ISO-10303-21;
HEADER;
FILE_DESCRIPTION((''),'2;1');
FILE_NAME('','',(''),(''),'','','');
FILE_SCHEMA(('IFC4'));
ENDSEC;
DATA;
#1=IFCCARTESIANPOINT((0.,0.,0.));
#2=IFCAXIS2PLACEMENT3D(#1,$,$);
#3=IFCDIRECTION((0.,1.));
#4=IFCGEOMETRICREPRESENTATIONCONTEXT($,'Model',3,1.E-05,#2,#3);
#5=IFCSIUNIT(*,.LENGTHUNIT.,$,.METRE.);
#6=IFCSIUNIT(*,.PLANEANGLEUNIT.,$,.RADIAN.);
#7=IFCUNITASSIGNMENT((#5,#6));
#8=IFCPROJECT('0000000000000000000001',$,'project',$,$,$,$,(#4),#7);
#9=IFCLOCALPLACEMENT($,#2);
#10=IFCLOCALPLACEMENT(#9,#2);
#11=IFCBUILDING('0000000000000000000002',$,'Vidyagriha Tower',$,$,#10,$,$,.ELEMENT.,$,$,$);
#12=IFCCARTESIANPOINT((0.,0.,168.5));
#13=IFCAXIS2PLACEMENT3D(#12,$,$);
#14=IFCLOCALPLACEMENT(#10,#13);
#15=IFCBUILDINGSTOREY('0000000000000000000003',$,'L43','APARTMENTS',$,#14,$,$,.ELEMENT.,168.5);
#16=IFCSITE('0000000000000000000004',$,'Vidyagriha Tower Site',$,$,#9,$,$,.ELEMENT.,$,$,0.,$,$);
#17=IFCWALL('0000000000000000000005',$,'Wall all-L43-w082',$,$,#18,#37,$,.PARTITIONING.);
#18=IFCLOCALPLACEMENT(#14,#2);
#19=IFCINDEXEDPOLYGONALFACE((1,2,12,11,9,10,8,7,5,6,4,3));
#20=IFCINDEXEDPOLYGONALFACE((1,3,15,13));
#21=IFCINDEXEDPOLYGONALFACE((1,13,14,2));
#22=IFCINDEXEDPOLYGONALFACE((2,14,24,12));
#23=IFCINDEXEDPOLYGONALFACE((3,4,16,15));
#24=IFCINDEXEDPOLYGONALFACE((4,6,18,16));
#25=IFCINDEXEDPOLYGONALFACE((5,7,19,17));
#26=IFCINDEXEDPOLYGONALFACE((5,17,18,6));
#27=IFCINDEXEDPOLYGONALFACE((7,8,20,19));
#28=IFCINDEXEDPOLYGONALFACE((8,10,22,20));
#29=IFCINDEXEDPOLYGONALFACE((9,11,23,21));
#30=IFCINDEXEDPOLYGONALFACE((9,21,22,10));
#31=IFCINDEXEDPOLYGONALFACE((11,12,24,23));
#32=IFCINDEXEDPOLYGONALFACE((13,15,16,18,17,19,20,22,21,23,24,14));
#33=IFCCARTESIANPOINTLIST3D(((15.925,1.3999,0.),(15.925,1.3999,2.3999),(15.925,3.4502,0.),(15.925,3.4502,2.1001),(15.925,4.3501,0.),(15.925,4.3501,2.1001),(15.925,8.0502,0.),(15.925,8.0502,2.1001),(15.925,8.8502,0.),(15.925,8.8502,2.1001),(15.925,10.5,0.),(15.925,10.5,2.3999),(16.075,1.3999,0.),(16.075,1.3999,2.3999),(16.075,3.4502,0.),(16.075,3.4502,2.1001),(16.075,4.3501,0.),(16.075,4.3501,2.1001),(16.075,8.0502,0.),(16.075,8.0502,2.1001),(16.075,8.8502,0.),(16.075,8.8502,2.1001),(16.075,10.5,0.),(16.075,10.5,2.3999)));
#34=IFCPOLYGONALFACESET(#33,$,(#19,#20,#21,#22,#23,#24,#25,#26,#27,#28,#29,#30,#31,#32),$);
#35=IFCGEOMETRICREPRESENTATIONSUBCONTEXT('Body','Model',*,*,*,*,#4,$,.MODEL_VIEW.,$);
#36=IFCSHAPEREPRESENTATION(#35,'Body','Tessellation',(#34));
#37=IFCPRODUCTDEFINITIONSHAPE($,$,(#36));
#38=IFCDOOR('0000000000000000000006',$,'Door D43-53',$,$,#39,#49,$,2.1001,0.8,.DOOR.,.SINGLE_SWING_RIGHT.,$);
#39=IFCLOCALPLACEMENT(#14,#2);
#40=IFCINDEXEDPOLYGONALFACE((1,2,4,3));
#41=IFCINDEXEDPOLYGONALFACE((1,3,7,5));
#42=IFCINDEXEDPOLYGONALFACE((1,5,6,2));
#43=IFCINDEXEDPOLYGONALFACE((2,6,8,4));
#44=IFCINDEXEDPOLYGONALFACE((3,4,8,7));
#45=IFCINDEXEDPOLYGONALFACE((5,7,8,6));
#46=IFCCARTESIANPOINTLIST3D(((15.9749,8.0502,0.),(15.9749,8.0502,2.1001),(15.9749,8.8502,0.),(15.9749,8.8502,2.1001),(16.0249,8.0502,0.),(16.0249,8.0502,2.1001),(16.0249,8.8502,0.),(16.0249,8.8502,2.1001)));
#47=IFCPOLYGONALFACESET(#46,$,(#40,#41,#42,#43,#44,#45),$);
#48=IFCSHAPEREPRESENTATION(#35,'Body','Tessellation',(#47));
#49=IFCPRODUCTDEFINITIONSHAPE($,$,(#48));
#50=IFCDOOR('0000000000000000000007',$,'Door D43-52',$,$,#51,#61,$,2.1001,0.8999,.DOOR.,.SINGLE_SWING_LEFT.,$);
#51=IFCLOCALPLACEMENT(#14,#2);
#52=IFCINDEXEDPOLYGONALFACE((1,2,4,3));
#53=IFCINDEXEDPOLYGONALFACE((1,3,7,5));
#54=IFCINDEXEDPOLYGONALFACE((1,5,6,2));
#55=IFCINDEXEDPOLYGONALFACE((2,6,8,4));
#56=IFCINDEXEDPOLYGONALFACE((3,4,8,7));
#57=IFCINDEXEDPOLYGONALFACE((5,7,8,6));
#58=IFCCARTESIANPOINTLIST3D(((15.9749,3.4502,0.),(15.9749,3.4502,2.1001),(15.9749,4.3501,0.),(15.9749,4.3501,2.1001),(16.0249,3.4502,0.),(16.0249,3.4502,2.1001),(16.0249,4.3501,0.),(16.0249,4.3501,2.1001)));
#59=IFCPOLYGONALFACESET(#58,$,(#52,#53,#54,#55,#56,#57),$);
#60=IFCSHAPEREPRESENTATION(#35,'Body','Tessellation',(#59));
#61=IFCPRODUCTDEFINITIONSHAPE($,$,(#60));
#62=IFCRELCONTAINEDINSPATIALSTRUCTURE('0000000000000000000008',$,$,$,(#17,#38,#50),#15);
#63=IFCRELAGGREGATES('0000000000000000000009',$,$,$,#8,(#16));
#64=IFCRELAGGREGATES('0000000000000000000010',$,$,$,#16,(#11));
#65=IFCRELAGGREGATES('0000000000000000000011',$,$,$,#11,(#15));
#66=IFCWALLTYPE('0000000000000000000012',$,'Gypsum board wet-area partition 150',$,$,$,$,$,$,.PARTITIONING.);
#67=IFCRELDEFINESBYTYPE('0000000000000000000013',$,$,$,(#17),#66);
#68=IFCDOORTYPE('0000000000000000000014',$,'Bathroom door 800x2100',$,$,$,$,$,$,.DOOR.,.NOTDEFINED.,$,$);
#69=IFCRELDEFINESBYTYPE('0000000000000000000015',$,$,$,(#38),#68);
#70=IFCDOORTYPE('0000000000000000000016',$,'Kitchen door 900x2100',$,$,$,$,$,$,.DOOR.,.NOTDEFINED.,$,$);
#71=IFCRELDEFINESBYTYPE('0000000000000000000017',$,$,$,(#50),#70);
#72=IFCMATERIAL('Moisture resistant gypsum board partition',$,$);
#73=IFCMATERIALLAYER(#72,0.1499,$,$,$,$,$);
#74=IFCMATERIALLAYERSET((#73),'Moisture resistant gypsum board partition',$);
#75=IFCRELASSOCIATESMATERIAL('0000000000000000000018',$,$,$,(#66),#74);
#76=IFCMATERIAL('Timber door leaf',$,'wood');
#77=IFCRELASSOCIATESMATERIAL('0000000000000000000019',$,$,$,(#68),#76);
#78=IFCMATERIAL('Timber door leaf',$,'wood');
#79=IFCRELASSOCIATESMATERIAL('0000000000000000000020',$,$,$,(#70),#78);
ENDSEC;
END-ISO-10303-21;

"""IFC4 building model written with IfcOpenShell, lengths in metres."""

from ifc_helpers import new_model, si_unit, direction, frame, frame_2d, origin, place, context, subcontext, project, spatial, rectangle, extrude, material, layer, layer_set, type_object, element, fill, save


model = new_model("IFC4")

# Units and contexts
model_context = context("Model", 3, precision=1e-05, world=origin(), true_north=direction((0.0, 1.0)))
body_context = subcontext(model_context, "Body", "Model", "MODEL_VIEW")
ifc_project = project(units=[si_unit("LENGTHUNIT", "METRE"), si_unit("PLANEANGLEUNIT", "RADIAN")], contexts=[model_context])

# Site, building, storey
site_placement = place(None, origin())
site = spatial("IfcSite", under=ifc_project, at=site_placement, Name="Vidyagriha Tower Site", CompositionType="ELEMENT", RefElevation=0.0)
building_placement = place(site_placement, origin())
building = spatial("IfcBuilding", under=site, at=building_placement, Name="Vidyagriha Tower", CompositionType="ELEMENT")
storey_placement = place(building_placement, frame((0.0, 0.0, 168.5)))
storey = spatial("IfcBuildingStorey", under=building, at=storey_placement, Name="L43", Description="APARTMENTS", CompositionType="ELEMENT", Elevation=168.5)

# Wall, openings, doors
ifc_material_1 = material(Name="Moisture resistant gypsum board partition")
ifc_layer_1 = layer(ifc_material_1, 0.1499)
ifc_layer_set_1 = layer_set([ifc_layer_1], Name="Moisture resistant gypsum board partition")
wall_type_1 = type_object("IfcWallType", Name="Gypsum board wet-area partition 150", PredefinedType="PARTITIONING", material=ifc_layer_set_1)
wall_1_placement = place(storey_placement, frame((16.0, 10.5, 0.0), z_axis=(0.0, 0.0, 1.0), x_axis=(0.0, -1.0, 0.0)))
wall_1 = element("IfcWall", 1, at=wall_1_placement, inside=storey, type_object=wall_type_1, Name="Wall all-L43-w082", PredefinedType="PARTITIONING", context=body_context, shape_type="SweptSolid", body=[
    extrude(rectangle(XDim=9.1001, YDim=0.1499, at=frame_2d((4.55, 0.0))), origin(), (0.0, 0.0, 1.0), 2.3999),
])
opening_1_placement = place(wall_1_placement, frame((6.1499, 0.0, 0.0)))
opening_1 = element("IfcOpeningElement", 2, at=opening_1_placement, cuts=wall_1, PredefinedType="OPENING", context=body_context, shape_type="SweptSolid", body=[
    extrude(rectangle(XDim=0.8999, YDim=2.1001, at=frame_2d((0.45, 1.05))), frame((0.0, 0.085, 0.0), z_axis=(0.0, -1.0, 0.0), x_axis=(1.0, 0.0, 0.0)), (0.0, 0.0, 1.0), 0.1699),
])
opening_2_placement = place(wall_1_placement, frame((1.6499, 0.0, 0.0)))
opening_2 = element("IfcOpeningElement", 3, at=opening_2_placement, cuts=wall_1, PredefinedType="OPENING", context=body_context, shape_type="SweptSolid", body=[
    extrude(rectangle(XDim=0.8, YDim=2.1001, at=frame_2d((0.3999, 1.05))), frame((0.0, 0.085, 0.0), z_axis=(0.0, -1.0, 0.0), x_axis=(1.0, 0.0, 0.0)), (0.0, 0.0, 1.0), 0.1699),
])
ifc_material_2 = material(Name="Timber door leaf", Category="wood")
door_type_1 = type_object("IfcDoorType", Name="Bathroom door 800x2100", OperationType="NOTDEFINED", PredefinedType="DOOR", material=ifc_material_2)
door_1_placement = place(opening_2_placement, origin())
door_1 = element("IfcDoor", 4, at=door_1_placement, inside=storey, type_object=door_type_1, Name="Door D43-53", OperationType="SINGLE_SWING_RIGHT", OverallHeight=2.1001, OverallWidth=0.8, PredefinedType="DOOR", context=body_context, shape_type="SweptSolid", body=[
    extrude(rectangle(XDim=0.8, YDim=2.1001, at=frame_2d((0.3999, 1.05))), frame((0.0, 0.0249, 0.0), z_axis=(0.0, -1.0, 0.0), x_axis=(1.0, 0.0, 0.0)), (0.0, 0.0, 1.0), 0.05),
])
fill(opening_2, door_1)
ifc_material_3 = material(Name="Timber door leaf", Category="wood")
door_type_2 = type_object("IfcDoorType", Name="Kitchen door 900x2100", OperationType="NOTDEFINED", PredefinedType="DOOR", material=ifc_material_3)
door_2_placement = place(opening_1_placement, origin())
door_2 = element("IfcDoor", 5, at=door_2_placement, inside=storey, type_object=door_type_2, Name="Door D43-52", OperationType="SINGLE_SWING_LEFT", OverallHeight=2.1001, OverallWidth=0.8999, PredefinedType="DOOR", context=body_context, shape_type="SweptSolid", body=[
    extrude(rectangle(XDim=0.8999, YDim=2.1001, at=frame_2d((0.45, 1.05))), frame((0.0, 0.0249, 0.0), z_axis=(0.0, -1.0, 0.0), x_axis=(1.0, 0.0, 0.0)), (0.0, 0.0, 1.0), 0.05),
])
fill(opening_1, door_2)

save(model, "model.ifc")
